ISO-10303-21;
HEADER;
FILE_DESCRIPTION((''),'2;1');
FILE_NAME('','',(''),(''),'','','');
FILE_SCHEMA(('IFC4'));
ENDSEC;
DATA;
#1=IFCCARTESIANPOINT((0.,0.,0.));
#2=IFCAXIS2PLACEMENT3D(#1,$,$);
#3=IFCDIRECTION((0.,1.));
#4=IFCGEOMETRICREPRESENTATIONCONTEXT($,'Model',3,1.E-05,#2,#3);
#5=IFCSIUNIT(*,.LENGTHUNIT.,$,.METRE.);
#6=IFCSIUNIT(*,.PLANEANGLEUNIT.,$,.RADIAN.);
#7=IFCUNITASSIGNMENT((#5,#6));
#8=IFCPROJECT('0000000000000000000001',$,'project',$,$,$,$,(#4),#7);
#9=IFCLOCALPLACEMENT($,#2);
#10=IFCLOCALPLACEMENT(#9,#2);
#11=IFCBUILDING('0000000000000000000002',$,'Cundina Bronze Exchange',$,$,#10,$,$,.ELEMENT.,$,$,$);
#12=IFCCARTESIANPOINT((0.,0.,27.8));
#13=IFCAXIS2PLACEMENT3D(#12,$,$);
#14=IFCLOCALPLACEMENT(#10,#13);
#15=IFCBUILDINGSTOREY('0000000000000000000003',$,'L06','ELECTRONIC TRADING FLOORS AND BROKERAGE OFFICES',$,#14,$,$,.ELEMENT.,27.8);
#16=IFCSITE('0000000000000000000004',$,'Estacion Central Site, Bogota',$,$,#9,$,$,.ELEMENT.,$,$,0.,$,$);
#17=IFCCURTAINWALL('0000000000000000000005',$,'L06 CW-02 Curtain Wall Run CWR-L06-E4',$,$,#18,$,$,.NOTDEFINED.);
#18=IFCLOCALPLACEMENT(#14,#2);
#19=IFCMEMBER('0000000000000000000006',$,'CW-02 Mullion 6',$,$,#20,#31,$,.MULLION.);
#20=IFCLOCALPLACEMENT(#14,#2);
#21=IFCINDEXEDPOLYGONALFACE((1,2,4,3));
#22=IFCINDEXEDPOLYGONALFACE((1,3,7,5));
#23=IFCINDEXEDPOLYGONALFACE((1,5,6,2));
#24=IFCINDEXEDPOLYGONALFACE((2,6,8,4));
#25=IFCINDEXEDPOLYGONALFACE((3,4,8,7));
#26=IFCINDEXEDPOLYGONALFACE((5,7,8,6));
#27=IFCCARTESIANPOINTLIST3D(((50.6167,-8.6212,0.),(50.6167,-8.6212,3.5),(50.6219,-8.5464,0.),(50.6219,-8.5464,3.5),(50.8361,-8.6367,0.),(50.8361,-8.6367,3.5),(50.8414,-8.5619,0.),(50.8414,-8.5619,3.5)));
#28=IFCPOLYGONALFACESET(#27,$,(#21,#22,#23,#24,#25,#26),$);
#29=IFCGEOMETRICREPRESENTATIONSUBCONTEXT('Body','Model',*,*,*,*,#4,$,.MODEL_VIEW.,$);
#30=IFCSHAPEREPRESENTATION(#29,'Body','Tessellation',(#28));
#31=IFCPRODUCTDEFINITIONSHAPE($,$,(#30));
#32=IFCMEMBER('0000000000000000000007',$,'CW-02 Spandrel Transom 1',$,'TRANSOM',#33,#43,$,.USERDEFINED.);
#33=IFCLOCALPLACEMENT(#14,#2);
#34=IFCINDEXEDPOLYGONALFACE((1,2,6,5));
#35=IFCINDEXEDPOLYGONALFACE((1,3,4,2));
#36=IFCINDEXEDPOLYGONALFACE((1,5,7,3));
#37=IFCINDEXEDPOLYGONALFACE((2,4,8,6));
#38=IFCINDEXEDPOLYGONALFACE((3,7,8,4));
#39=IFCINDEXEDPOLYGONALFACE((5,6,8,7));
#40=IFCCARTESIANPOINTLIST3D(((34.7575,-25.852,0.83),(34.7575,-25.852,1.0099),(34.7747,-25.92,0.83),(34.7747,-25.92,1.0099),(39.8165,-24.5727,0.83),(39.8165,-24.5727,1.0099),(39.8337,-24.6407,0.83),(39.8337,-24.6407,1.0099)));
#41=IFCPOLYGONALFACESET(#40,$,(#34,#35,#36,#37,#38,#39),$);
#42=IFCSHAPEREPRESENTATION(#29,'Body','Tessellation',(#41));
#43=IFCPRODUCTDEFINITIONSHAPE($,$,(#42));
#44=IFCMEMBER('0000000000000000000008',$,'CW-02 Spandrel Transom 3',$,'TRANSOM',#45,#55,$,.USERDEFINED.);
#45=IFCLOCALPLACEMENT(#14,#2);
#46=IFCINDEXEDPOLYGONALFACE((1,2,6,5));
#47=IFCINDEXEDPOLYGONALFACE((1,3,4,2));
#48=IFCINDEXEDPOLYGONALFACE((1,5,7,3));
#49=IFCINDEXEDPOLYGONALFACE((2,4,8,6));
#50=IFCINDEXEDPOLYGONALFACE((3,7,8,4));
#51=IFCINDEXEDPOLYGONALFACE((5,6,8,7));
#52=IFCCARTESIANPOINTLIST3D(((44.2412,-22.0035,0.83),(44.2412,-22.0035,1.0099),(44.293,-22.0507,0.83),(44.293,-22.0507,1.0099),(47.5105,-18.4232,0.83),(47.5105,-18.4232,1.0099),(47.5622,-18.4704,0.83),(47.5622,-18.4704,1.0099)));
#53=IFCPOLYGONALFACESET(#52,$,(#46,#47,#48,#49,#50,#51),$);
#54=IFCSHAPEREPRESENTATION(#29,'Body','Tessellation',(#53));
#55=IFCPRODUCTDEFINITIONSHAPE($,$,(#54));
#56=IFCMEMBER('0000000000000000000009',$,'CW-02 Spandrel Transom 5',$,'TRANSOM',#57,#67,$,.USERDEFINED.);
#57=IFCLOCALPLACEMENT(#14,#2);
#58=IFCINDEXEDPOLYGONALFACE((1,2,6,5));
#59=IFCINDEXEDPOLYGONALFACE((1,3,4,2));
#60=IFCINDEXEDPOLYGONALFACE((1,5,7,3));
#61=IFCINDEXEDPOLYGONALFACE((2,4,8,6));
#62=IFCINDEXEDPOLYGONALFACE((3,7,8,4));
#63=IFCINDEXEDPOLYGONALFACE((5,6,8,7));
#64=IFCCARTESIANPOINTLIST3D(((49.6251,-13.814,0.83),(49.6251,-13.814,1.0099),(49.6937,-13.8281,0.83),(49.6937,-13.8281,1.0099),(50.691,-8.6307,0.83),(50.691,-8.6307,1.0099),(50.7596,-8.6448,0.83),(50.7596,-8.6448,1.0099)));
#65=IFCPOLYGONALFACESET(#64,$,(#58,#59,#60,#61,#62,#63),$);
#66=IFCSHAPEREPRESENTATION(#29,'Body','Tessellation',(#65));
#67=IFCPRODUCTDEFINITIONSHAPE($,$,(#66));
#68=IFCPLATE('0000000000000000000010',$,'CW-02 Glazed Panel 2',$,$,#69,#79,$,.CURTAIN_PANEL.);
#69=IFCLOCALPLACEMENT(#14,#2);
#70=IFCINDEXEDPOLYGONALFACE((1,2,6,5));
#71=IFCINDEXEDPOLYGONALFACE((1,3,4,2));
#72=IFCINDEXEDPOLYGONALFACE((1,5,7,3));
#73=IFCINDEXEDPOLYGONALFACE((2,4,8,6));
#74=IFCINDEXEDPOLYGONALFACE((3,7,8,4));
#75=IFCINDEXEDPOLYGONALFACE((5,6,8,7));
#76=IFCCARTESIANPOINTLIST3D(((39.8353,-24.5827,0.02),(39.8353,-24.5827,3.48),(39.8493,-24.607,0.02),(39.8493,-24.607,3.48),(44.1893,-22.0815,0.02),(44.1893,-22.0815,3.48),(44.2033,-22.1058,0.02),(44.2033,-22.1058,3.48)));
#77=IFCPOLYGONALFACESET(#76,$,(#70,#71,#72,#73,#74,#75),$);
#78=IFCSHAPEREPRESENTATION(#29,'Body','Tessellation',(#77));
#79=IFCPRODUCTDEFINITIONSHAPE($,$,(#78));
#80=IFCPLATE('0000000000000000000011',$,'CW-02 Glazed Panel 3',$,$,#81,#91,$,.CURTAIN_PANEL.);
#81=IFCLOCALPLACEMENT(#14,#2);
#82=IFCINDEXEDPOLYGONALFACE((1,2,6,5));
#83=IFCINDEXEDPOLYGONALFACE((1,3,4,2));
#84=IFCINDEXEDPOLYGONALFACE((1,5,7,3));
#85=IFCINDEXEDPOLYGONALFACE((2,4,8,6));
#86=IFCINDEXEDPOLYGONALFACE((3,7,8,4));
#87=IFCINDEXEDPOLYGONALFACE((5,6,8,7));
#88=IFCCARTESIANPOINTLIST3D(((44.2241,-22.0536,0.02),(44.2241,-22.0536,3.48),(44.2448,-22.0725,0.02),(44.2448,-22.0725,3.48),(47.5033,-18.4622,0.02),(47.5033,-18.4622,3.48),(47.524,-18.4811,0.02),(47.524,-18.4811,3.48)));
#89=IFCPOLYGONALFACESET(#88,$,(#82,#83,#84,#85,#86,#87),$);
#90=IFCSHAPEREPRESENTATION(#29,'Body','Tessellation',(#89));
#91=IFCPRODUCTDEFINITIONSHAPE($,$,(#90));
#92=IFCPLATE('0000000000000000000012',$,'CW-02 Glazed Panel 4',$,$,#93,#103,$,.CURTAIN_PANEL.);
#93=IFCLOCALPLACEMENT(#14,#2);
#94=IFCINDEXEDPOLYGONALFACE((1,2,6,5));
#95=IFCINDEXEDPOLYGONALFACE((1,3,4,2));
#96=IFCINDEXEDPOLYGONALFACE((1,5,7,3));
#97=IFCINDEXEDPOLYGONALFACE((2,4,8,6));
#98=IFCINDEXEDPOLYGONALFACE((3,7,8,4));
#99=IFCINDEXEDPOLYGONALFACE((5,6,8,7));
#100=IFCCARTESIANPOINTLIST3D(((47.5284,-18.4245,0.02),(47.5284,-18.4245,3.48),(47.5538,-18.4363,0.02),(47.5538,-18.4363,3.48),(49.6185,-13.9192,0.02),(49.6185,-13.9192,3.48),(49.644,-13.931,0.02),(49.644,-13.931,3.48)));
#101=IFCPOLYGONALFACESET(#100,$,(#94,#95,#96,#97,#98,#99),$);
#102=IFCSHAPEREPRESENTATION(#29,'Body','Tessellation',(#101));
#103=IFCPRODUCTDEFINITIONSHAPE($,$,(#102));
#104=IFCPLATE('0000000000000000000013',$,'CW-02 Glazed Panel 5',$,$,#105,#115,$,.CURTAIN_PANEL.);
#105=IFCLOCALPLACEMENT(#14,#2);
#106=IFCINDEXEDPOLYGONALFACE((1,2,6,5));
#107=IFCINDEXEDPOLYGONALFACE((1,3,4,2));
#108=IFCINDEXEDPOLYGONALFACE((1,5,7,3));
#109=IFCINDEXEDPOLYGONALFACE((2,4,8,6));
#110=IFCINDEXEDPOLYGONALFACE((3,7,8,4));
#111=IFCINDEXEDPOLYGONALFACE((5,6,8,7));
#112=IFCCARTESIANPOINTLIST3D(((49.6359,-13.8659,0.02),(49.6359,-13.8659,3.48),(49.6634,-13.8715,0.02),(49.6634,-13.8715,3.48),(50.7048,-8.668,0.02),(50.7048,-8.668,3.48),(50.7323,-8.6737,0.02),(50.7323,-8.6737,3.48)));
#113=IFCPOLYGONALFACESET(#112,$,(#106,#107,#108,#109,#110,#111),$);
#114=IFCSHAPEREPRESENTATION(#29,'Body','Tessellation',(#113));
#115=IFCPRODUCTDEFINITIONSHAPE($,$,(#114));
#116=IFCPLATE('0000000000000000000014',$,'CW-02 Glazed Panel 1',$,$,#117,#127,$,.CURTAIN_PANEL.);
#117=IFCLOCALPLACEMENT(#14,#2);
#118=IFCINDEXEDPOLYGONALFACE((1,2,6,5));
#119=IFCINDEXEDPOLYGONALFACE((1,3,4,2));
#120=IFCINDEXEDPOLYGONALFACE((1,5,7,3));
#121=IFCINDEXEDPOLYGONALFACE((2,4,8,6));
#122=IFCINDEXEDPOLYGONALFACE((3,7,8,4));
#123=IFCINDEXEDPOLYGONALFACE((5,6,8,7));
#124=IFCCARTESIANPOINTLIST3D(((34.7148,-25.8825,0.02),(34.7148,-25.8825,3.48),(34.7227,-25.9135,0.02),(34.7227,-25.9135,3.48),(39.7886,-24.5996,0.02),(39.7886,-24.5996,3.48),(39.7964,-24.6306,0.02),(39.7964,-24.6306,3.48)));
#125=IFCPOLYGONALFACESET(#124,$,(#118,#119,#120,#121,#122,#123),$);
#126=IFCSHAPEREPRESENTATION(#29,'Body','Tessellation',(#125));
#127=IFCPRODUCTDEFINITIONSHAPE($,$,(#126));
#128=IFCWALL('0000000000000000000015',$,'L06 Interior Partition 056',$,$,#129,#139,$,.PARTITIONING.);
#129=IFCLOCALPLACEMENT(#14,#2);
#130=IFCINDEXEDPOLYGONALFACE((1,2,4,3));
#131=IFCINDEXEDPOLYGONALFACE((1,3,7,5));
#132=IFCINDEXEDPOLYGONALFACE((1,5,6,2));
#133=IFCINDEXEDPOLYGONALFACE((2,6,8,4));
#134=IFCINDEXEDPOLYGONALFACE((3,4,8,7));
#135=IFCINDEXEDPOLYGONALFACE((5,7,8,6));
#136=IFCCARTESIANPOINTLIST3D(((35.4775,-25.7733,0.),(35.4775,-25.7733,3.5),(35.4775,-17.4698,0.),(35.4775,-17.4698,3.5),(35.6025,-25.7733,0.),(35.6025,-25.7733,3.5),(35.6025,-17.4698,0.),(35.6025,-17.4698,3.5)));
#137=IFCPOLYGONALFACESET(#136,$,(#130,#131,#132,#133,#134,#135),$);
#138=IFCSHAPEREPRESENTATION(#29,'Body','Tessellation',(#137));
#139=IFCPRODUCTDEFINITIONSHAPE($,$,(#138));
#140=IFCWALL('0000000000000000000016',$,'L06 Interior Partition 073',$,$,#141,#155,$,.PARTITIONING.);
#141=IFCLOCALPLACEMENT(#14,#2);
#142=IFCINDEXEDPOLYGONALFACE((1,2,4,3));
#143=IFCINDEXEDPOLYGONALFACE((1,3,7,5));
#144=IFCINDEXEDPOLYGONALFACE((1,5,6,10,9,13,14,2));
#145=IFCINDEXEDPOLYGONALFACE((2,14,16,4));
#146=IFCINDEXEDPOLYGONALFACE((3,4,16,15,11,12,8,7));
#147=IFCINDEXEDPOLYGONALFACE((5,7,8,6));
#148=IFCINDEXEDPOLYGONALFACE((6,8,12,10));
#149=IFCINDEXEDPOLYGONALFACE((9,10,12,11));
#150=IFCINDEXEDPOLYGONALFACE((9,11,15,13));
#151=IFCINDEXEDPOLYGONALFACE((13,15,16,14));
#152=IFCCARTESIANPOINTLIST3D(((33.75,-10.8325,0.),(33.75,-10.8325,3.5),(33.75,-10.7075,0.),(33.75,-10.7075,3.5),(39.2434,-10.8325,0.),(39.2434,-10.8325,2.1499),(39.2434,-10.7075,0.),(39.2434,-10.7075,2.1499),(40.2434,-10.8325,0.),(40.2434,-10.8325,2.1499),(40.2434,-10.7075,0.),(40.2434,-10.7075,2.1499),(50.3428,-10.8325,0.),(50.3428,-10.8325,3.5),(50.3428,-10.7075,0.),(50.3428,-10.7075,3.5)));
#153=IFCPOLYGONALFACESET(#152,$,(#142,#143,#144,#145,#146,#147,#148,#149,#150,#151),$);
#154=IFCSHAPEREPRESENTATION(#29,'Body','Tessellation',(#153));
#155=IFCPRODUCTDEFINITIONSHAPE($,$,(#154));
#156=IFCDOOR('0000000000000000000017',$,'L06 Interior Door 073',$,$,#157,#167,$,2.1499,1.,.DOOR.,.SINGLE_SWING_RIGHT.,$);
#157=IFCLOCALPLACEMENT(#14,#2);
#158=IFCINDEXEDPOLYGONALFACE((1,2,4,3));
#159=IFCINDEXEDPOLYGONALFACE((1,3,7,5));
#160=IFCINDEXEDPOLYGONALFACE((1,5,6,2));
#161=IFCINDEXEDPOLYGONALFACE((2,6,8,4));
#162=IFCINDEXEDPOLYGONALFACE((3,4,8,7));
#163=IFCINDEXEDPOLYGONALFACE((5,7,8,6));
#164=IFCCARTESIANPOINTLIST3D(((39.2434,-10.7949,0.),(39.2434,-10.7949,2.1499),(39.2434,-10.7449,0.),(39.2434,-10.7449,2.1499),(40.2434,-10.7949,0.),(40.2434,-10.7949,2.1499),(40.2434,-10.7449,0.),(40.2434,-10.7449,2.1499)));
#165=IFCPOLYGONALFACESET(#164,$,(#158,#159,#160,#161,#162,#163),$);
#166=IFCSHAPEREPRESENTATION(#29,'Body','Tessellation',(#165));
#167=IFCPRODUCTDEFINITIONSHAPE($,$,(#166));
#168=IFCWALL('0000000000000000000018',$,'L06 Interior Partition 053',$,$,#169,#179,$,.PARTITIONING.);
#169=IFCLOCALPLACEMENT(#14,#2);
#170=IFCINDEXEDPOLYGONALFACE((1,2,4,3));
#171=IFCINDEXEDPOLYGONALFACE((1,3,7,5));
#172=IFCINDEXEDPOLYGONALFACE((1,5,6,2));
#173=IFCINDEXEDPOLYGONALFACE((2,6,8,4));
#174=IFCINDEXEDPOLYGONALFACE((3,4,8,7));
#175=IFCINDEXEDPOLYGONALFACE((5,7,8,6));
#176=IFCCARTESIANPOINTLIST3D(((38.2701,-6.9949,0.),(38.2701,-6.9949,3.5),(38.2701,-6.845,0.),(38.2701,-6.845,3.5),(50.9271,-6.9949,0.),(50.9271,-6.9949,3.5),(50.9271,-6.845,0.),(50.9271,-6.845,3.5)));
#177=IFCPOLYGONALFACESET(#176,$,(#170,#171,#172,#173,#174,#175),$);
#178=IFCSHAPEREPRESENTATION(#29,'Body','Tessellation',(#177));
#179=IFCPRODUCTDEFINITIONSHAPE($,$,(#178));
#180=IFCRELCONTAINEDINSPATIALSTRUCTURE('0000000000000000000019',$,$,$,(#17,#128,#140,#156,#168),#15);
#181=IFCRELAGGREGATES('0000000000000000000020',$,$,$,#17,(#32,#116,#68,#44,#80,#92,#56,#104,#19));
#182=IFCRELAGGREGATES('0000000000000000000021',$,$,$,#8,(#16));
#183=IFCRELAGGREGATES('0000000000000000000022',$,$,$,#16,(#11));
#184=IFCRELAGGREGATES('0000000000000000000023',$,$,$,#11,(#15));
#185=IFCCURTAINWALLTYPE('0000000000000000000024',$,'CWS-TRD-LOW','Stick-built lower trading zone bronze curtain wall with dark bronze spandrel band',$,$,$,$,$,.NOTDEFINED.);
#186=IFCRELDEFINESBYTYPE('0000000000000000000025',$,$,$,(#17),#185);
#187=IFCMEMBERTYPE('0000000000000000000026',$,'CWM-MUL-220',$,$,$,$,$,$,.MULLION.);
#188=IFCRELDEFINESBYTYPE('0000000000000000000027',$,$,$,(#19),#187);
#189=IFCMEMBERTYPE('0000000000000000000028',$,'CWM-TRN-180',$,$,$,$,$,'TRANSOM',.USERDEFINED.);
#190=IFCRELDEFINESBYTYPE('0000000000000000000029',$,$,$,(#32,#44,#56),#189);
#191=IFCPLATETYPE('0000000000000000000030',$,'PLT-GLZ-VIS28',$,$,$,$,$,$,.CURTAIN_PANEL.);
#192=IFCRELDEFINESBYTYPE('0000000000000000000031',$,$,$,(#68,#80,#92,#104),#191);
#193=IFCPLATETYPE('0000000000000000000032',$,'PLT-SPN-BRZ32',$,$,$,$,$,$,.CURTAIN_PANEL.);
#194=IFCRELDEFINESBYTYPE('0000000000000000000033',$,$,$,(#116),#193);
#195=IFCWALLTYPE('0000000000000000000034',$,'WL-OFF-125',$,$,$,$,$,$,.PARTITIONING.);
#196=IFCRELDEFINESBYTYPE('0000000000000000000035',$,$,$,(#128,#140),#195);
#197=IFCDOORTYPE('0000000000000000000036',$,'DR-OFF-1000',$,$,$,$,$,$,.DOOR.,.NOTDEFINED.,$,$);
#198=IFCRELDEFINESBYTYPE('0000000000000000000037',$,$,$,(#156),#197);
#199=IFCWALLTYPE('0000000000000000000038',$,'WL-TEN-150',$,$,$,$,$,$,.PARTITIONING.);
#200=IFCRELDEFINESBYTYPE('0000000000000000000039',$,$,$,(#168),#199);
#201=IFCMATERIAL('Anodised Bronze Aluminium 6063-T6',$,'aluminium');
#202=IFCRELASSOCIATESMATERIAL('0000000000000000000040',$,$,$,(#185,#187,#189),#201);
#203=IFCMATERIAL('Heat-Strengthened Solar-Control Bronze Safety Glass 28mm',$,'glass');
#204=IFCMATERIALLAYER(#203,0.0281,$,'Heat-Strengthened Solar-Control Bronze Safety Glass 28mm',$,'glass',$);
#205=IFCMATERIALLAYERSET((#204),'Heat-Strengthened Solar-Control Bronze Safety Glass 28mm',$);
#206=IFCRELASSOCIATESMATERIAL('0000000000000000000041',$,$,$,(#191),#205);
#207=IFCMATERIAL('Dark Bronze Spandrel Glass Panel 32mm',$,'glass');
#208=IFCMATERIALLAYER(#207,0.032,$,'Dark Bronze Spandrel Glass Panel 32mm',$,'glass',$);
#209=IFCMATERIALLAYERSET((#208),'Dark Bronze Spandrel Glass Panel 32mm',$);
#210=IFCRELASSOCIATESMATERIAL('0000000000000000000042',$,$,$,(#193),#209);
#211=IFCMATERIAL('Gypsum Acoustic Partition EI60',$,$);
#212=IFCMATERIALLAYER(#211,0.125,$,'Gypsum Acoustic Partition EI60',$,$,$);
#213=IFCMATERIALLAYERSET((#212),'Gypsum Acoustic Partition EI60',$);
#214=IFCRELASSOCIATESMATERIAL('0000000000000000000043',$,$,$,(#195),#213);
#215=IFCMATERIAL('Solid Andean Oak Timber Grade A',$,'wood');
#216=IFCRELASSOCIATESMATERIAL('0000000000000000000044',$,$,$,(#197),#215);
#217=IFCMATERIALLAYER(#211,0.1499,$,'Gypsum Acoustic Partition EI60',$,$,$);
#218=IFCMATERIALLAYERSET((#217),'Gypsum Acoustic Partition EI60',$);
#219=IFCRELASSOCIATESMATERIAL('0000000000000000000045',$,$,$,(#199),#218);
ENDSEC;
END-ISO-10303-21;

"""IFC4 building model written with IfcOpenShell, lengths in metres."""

from ifc_helpers import new_model, si_unit, direction, frame, frame_2d, origin, origin_2d, place, context, subcontext, project, spatial, rectangle, extrude, material, layer, layer_set, material_profile, profile_set, type_object, element, fill, aggregate, save


model = new_model("IFC4")

# Units and contexts
model_context = context("Model", 3, precision=1e-05, world=origin(), true_north=direction((0.0, 1.0)))
body_context = subcontext(model_context, "Body", "Model", "MODEL_VIEW")
ifc_project = project(units=[si_unit("LENGTHUNIT", "METRE"), si_unit("PLANEANGLEUNIT", "RADIAN")], contexts=[model_context])

# Site, building, storey
site_placement = place(None, origin())
site = spatial("IfcSite", under=ifc_project, at=site_placement, Name="Estacion Central Site, Bogota", CompositionType="ELEMENT", RefElevation=0.0)
building_placement = place(site_placement, origin())
building = spatial("IfcBuilding", under=site, at=building_placement, Name="Cundina Bronze Exchange", CompositionType="ELEMENT")
storey_placement = place(building_placement, frame((0.0, 0.0, 27.8)))
storey = spatial("IfcBuildingStorey", under=building, at=storey_placement, Name="L06", Description="ELECTRONIC TRADING FLOORS AND BROKERAGE OFFICES", CompositionType="ELEMENT", Elevation=27.8)

# Curtain wall, members, plates
ifc_material_1 = material(Name="Anodised Bronze Aluminium 6063-T6", Category="aluminium")
curtain_wall_type = type_object("IfcCurtainWallType", Name="CWS-TRD-LOW", Description="Stick-built lower trading zone bronze curtain wall with dark bronze spandrel band", PredefinedType="NOTDEFINED", material=ifc_material_1)
curtain_wall_placement = place(storey_placement, origin())
curtain_wall = element("IfcCurtainWall", 1, at=curtain_wall_placement, inside=storey, type_object=curtain_wall_type, Name="L06 CW-02 Curtain Wall Run CWR-L06-E4", PredefinedType="NOTDEFINED")
ifc_material_profile_1 = material_profile(ifc_material_1, rectangle(XDim=0.075, YDim=0.22, at=origin_2d()), Name="AL75X220", Category="aluminium")
ifc_profile_set_1 = profile_set([ifc_material_profile_1], Name="Anodised Bronze Aluminium 6063-T6")
member_type_1 = type_object("IfcMemberType", Name="CWM-MUL-220", PredefinedType="MULLION", material=ifc_profile_set_1)
member_1_placement = place(storey_placement, frame((50.729, -8.5916, 0.0), z_axis=(0.0, 0.0, 1.0), x_axis=(0.070279, 0.997527, 0.0)))
member_1 = element("IfcMember", 2, at=member_1_placement, type_object=member_type_1, Name="CW-02 Mullion 6", PredefinedType="MULLION", context=body_context, shape_type="SweptSolid", body=[
    extrude(rectangle(XDim=0.075, YDim=0.22, at=origin_2d()), origin(), (0.0, 0.0, 1.0), 3.5),
])
ifc_material_profile_2 = material_profile(ifc_material_1, rectangle(XDim=0.0701, YDim=0.1799, at=origin_2d()), Name="AL70X180", Category="aluminium")
ifc_profile_set_2 = profile_set([ifc_material_profile_2], Name="Anodised Bronze Aluminium 6063-T6")
member_type_2 = type_object("IfcMemberType", Name="CWM-TRN-180", ElementType="TRANSOM", PredefinedType="USERDEFINED", material=ifc_profile_set_2)
member_2_placement = place(storey_placement, frame((34.7661, -25.886, 0.9199), z_axis=(0.969484, 0.245155, 0.0), x_axis=(-0.245155, 0.969484, 0.0)))
member_2 = element("IfcMember", 3, at=member_2_placement, type_object=member_type_2, Name="CW-02 Spandrel Transom 1", ObjectType="TRANSOM", PredefinedType="USERDEFINED", context=body_context, shape_type="SweptSolid", body=[
    extrude(rectangle(XDim=0.0701, YDim=0.1799, at=origin_2d()), origin(), (0.0, 0.0, 1.0), 5.2183),
])
member_3_placement = place(storey_placement, frame((44.2671, -22.0271, 0.9199), z_axis=(0.674303, 0.738455, 0.0), x_axis=(-0.738455, 0.674303, 0.0)))
member_3 = element("IfcMember", 4, at=member_3_placement, type_object=member_type_2, Name="CW-02 Spandrel Transom 3", ObjectType="TRANSOM", PredefinedType="USERDEFINED", context=body_context, shape_type="SweptSolid", body=[
    extrude(rectangle(XDim=0.0701, YDim=0.1799, at=origin_2d()), origin(), (0.0, 0.0, 1.0), 4.8484),
])
member_4_placement = place(storey_placement, frame((49.6594, -13.821, 0.9199), z_axis=(0.201428, 0.979503, 0.0), x_axis=(-0.979503, 0.201428, 0.0)))
member_4 = element("IfcMember", 5, at=member_4_placement, type_object=member_type_2, Name="CW-02 Spandrel Transom 5", ObjectType="TRANSOM", PredefinedType="USERDEFINED", context=body_context, shape_type="SweptSolid", body=[
    extrude(rectangle(XDim=0.0701, YDim=0.1799, at=origin_2d()), origin(), (0.0, 0.0, 1.0), 5.2917),
])
ifc_material_2 = material(Name="Heat-Strengthened Solar-Control Bronze Safety Glass 28mm", Category="glass")
ifc_layer_1 = layer(ifc_material_2, 0.0281, Name="Heat-Strengthened Solar-Control Bronze Safety Glass 28mm", Category="glass")
ifc_layer_set_1 = layer_set([ifc_layer_1], Name="Heat-Strengthened Solar-Control Bronze Safety Glass 28mm")
plate_type_1 = type_object("IfcPlateType", Name="PLT-GLZ-VIS28", PredefinedType="CURTAIN_PANEL", material=ifc_layer_set_1)
plate_1_placement = place(storey_placement, frame((42.0193, -23.3442, 0.02), z_axis=(0.0, 0.0, 1.0), x_axis=(0.867105, 0.498125, 0.0)))
plate_1 = element("IfcPlate", 6, at=plate_1_placement, type_object=plate_type_1, Name="CW-02 Glazed Panel 2", PredefinedType="CURTAIN_PANEL", context=body_context, shape_type="SweptSolid", body=[
    extrude(rectangle(XDim=5.0212, YDim=0.0281, at=origin_2d()), origin(), (0.0, 0.0, 1.0), 3.46),
])
plate_2_placement = place(storey_placement, frame((45.874, -20.2673, 0.02), z_axis=(0.0, 0.0, 1.0), x_axis=(0.674277, 0.738479, 0.0)))
plate_2 = element("IfcPlate", 7, at=plate_2_placement, type_object=plate_type_1, Name="CW-02 Glazed Panel 3", PredefinedType="CURTAIN_PANEL", context=body_context, shape_type="SweptSolid", body=[
    extrude(rectangle(XDim=4.8633, YDim=0.0281, at=origin_2d()), origin(), (0.0, 0.0, 1.0), 3.46),
])
plate_3_placement = place(storey_placement, frame((48.5862, -16.1777, 0.02), z_axis=(0.0, 0.0, 1.0), x_axis=(0.420846, 0.907132, 0.0)))
plate_3 = element("IfcPlate", 8, at=plate_3_placement, type_object=plate_type_1, Name="CW-02 Glazed Panel 4", PredefinedType="CURTAIN_PANEL", context=body_context, shape_type="SweptSolid", body=[
    extrude(rectangle(XDim=4.9666, YDim=0.0281, at=origin_2d()), origin(), (0.0, 0.0, 1.0), 3.46),
])
plate_4_placement = place(storey_placement, frame((50.1841, -11.2698, 0.02), z_axis=(0.0, 0.0, 1.0), x_axis=(0.20142, 0.979505, 0.0)))
plate_4 = element("IfcPlate", 9, at=plate_4_placement, type_object=plate_type_1, Name="CW-02 Glazed Panel 5", PredefinedType="CURTAIN_PANEL", context=body_context, shape_type="SweptSolid", body=[
    extrude(rectangle(XDim=5.3066, YDim=0.0281, at=origin_2d()), origin(), (0.0, 0.0, 1.0), 3.46),
])
ifc_material_3 = material(Name="Dark Bronze Spandrel Glass Panel 32mm", Category="glass")
ifc_layer_2 = layer(ifc_material_3, 0.032, Name="Dark Bronze Spandrel Glass Panel 32mm", Category="glass")
ifc_layer_set_2 = layer_set([ifc_layer_2], Name="Dark Bronze Spandrel Glass Panel 32mm")
plate_type_2 = type_object("IfcPlateType", Name="PLT-SPN-BRZ32", PredefinedType="CURTAIN_PANEL", material=ifc_layer_set_2)
plate_5_placement = place(storey_placement, frame((37.2556, -25.2566, 0.02), z_axis=(0.0, 0.0, 1.0), x_axis=(0.969488, 0.245138, 0.0)))
plate_5 = element("IfcPlate", 10, at=plate_5_placement, type_object=plate_type_2, Name="CW-02 Glazed Panel 1", PredefinedType="CURTAIN_PANEL", context=body_context, shape_type="SweptSolid", body=[
    extrude(rectangle(XDim=5.2334, YDim=0.032, at=origin_2d()), origin(), (0.0, 0.0, 1.0), 3.46),
])
aggregate(curtain_wall, [member_2, plate_5, plate_1, member_3, plate_2, plate_3, member_4, plate_4, member_1])

# Wall
ifc_material_4 = material(Name="Gypsum Acoustic Partition EI60")
ifc_layer_3 = layer(ifc_material_4, 0.125, Name="Gypsum Acoustic Partition EI60")
ifc_layer_set_3 = layer_set([ifc_layer_3], Name="Gypsum Acoustic Partition EI60")
wall_type_1 = type_object("IfcWallType", Name="WL-OFF-125", PredefinedType="PARTITIONING", material=ifc_layer_set_3)
wall_1_placement = place(storey_placement, frame((35.54, -25.7734, 0.0), z_axis=(0.0, 0.0, 1.0), x_axis=(0.0, 1.0, 0.0)))
element("IfcWall", 11, at=wall_1_placement, inside=storey, type_object=wall_type_1, Name="L06 Interior Partition 056", PredefinedType="PARTITIONING", context=body_context, shape_type="SweptSolid", body=[
    extrude(rectangle(XDim=8.3035, YDim=0.125, at=frame_2d((4.1519, 0.0))), origin(), (0.0, 0.0, 1.0), 3.5),
])

# Wall, opening, door
wall_2_placement = place(storey_placement, frame((50.3428, -10.77, 0.0), z_axis=(0.0, 0.0, 1.0), x_axis=(-1.0, 0.0, 0.0)))
wall_2 = element("IfcWall", 12, at=wall_2_placement, inside=storey, type_object=wall_type_1, Name="L06 Interior Partition 073", PredefinedType="PARTITIONING", context=body_context, shape_type="SweptSolid", body=[
    extrude(rectangle(XDim=16.5928, YDim=0.125, at=frame_2d((8.2964, 0.0))), origin(), (0.0, 0.0, 1.0), 3.5),
])
opening_placement = place(wall_2_placement, frame((10.0994, 0.0, 0.0)))
opening = element("IfcOpeningElement", 13, at=opening_placement, cuts=wall_2, PredefinedType="OPENING", context=body_context, shape_type="SweptSolid", body=[
    extrude(rectangle(XDim=1.0, YDim=2.1499, at=frame_2d((0.5, 1.075))), frame((0.0, 0.0725, 0.0), z_axis=(0.0, -1.0, 0.0), x_axis=(1.0, 0.0, 0.0)), (0.0, 0.0, 1.0), 0.145),
])
ifc_material_5 = material(Name="Solid Andean Oak Timber Grade A", Category="wood")
door_type = type_object("IfcDoorType", Name="DR-OFF-1000", OperationType="NOTDEFINED", PredefinedType="DOOR", material=ifc_material_5)
door_placement = place(opening_placement, origin())
door = element("IfcDoor", 14, at=door_placement, inside=storey, type_object=door_type, Name="L06 Interior Door 073", OperationType="SINGLE_SWING_RIGHT", OverallHeight=2.1499, OverallWidth=1.0, PredefinedType="DOOR", context=body_context, shape_type="SweptSolid", body=[
    extrude(rectangle(XDim=1.0, YDim=2.1499, at=frame_2d((0.5, 1.075))), frame((0.0, 0.0249, 0.0), z_axis=(0.0, -1.0, 0.0), x_axis=(1.0, 0.0, 0.0)), (0.0, 0.0, 1.0), 0.05),
])
fill(opening, door)

# Wall
ifc_layer_4 = layer(ifc_material_4, 0.1499, Name="Gypsum Acoustic Partition EI60")
ifc_layer_set_4 = layer_set([ifc_layer_4], Name="Gypsum Acoustic Partition EI60")
wall_type_2 = type_object("IfcWallType", Name="WL-TEN-150", PredefinedType="PARTITIONING", material=ifc_layer_set_4)
wall_3_placement = place(storey_placement, frame((38.27, -6.9199, 0.0), z_axis=(0.0, 0.0, 1.0), x_axis=(1.0, 0.0, 0.0)))
element("IfcWall", 15, at=wall_3_placement, inside=storey, type_object=wall_type_2, Name="L06 Interior Partition 053", PredefinedType="PARTITIONING", context=body_context, shape_type="SweptSolid", body=[
    extrude(rectangle(XDim=12.657, YDim=0.1499, at=frame_2d((6.3286, 0.0))), origin(), (0.0, 0.0, 1.0), 3.5),
])

save(model, "model.ifc")
